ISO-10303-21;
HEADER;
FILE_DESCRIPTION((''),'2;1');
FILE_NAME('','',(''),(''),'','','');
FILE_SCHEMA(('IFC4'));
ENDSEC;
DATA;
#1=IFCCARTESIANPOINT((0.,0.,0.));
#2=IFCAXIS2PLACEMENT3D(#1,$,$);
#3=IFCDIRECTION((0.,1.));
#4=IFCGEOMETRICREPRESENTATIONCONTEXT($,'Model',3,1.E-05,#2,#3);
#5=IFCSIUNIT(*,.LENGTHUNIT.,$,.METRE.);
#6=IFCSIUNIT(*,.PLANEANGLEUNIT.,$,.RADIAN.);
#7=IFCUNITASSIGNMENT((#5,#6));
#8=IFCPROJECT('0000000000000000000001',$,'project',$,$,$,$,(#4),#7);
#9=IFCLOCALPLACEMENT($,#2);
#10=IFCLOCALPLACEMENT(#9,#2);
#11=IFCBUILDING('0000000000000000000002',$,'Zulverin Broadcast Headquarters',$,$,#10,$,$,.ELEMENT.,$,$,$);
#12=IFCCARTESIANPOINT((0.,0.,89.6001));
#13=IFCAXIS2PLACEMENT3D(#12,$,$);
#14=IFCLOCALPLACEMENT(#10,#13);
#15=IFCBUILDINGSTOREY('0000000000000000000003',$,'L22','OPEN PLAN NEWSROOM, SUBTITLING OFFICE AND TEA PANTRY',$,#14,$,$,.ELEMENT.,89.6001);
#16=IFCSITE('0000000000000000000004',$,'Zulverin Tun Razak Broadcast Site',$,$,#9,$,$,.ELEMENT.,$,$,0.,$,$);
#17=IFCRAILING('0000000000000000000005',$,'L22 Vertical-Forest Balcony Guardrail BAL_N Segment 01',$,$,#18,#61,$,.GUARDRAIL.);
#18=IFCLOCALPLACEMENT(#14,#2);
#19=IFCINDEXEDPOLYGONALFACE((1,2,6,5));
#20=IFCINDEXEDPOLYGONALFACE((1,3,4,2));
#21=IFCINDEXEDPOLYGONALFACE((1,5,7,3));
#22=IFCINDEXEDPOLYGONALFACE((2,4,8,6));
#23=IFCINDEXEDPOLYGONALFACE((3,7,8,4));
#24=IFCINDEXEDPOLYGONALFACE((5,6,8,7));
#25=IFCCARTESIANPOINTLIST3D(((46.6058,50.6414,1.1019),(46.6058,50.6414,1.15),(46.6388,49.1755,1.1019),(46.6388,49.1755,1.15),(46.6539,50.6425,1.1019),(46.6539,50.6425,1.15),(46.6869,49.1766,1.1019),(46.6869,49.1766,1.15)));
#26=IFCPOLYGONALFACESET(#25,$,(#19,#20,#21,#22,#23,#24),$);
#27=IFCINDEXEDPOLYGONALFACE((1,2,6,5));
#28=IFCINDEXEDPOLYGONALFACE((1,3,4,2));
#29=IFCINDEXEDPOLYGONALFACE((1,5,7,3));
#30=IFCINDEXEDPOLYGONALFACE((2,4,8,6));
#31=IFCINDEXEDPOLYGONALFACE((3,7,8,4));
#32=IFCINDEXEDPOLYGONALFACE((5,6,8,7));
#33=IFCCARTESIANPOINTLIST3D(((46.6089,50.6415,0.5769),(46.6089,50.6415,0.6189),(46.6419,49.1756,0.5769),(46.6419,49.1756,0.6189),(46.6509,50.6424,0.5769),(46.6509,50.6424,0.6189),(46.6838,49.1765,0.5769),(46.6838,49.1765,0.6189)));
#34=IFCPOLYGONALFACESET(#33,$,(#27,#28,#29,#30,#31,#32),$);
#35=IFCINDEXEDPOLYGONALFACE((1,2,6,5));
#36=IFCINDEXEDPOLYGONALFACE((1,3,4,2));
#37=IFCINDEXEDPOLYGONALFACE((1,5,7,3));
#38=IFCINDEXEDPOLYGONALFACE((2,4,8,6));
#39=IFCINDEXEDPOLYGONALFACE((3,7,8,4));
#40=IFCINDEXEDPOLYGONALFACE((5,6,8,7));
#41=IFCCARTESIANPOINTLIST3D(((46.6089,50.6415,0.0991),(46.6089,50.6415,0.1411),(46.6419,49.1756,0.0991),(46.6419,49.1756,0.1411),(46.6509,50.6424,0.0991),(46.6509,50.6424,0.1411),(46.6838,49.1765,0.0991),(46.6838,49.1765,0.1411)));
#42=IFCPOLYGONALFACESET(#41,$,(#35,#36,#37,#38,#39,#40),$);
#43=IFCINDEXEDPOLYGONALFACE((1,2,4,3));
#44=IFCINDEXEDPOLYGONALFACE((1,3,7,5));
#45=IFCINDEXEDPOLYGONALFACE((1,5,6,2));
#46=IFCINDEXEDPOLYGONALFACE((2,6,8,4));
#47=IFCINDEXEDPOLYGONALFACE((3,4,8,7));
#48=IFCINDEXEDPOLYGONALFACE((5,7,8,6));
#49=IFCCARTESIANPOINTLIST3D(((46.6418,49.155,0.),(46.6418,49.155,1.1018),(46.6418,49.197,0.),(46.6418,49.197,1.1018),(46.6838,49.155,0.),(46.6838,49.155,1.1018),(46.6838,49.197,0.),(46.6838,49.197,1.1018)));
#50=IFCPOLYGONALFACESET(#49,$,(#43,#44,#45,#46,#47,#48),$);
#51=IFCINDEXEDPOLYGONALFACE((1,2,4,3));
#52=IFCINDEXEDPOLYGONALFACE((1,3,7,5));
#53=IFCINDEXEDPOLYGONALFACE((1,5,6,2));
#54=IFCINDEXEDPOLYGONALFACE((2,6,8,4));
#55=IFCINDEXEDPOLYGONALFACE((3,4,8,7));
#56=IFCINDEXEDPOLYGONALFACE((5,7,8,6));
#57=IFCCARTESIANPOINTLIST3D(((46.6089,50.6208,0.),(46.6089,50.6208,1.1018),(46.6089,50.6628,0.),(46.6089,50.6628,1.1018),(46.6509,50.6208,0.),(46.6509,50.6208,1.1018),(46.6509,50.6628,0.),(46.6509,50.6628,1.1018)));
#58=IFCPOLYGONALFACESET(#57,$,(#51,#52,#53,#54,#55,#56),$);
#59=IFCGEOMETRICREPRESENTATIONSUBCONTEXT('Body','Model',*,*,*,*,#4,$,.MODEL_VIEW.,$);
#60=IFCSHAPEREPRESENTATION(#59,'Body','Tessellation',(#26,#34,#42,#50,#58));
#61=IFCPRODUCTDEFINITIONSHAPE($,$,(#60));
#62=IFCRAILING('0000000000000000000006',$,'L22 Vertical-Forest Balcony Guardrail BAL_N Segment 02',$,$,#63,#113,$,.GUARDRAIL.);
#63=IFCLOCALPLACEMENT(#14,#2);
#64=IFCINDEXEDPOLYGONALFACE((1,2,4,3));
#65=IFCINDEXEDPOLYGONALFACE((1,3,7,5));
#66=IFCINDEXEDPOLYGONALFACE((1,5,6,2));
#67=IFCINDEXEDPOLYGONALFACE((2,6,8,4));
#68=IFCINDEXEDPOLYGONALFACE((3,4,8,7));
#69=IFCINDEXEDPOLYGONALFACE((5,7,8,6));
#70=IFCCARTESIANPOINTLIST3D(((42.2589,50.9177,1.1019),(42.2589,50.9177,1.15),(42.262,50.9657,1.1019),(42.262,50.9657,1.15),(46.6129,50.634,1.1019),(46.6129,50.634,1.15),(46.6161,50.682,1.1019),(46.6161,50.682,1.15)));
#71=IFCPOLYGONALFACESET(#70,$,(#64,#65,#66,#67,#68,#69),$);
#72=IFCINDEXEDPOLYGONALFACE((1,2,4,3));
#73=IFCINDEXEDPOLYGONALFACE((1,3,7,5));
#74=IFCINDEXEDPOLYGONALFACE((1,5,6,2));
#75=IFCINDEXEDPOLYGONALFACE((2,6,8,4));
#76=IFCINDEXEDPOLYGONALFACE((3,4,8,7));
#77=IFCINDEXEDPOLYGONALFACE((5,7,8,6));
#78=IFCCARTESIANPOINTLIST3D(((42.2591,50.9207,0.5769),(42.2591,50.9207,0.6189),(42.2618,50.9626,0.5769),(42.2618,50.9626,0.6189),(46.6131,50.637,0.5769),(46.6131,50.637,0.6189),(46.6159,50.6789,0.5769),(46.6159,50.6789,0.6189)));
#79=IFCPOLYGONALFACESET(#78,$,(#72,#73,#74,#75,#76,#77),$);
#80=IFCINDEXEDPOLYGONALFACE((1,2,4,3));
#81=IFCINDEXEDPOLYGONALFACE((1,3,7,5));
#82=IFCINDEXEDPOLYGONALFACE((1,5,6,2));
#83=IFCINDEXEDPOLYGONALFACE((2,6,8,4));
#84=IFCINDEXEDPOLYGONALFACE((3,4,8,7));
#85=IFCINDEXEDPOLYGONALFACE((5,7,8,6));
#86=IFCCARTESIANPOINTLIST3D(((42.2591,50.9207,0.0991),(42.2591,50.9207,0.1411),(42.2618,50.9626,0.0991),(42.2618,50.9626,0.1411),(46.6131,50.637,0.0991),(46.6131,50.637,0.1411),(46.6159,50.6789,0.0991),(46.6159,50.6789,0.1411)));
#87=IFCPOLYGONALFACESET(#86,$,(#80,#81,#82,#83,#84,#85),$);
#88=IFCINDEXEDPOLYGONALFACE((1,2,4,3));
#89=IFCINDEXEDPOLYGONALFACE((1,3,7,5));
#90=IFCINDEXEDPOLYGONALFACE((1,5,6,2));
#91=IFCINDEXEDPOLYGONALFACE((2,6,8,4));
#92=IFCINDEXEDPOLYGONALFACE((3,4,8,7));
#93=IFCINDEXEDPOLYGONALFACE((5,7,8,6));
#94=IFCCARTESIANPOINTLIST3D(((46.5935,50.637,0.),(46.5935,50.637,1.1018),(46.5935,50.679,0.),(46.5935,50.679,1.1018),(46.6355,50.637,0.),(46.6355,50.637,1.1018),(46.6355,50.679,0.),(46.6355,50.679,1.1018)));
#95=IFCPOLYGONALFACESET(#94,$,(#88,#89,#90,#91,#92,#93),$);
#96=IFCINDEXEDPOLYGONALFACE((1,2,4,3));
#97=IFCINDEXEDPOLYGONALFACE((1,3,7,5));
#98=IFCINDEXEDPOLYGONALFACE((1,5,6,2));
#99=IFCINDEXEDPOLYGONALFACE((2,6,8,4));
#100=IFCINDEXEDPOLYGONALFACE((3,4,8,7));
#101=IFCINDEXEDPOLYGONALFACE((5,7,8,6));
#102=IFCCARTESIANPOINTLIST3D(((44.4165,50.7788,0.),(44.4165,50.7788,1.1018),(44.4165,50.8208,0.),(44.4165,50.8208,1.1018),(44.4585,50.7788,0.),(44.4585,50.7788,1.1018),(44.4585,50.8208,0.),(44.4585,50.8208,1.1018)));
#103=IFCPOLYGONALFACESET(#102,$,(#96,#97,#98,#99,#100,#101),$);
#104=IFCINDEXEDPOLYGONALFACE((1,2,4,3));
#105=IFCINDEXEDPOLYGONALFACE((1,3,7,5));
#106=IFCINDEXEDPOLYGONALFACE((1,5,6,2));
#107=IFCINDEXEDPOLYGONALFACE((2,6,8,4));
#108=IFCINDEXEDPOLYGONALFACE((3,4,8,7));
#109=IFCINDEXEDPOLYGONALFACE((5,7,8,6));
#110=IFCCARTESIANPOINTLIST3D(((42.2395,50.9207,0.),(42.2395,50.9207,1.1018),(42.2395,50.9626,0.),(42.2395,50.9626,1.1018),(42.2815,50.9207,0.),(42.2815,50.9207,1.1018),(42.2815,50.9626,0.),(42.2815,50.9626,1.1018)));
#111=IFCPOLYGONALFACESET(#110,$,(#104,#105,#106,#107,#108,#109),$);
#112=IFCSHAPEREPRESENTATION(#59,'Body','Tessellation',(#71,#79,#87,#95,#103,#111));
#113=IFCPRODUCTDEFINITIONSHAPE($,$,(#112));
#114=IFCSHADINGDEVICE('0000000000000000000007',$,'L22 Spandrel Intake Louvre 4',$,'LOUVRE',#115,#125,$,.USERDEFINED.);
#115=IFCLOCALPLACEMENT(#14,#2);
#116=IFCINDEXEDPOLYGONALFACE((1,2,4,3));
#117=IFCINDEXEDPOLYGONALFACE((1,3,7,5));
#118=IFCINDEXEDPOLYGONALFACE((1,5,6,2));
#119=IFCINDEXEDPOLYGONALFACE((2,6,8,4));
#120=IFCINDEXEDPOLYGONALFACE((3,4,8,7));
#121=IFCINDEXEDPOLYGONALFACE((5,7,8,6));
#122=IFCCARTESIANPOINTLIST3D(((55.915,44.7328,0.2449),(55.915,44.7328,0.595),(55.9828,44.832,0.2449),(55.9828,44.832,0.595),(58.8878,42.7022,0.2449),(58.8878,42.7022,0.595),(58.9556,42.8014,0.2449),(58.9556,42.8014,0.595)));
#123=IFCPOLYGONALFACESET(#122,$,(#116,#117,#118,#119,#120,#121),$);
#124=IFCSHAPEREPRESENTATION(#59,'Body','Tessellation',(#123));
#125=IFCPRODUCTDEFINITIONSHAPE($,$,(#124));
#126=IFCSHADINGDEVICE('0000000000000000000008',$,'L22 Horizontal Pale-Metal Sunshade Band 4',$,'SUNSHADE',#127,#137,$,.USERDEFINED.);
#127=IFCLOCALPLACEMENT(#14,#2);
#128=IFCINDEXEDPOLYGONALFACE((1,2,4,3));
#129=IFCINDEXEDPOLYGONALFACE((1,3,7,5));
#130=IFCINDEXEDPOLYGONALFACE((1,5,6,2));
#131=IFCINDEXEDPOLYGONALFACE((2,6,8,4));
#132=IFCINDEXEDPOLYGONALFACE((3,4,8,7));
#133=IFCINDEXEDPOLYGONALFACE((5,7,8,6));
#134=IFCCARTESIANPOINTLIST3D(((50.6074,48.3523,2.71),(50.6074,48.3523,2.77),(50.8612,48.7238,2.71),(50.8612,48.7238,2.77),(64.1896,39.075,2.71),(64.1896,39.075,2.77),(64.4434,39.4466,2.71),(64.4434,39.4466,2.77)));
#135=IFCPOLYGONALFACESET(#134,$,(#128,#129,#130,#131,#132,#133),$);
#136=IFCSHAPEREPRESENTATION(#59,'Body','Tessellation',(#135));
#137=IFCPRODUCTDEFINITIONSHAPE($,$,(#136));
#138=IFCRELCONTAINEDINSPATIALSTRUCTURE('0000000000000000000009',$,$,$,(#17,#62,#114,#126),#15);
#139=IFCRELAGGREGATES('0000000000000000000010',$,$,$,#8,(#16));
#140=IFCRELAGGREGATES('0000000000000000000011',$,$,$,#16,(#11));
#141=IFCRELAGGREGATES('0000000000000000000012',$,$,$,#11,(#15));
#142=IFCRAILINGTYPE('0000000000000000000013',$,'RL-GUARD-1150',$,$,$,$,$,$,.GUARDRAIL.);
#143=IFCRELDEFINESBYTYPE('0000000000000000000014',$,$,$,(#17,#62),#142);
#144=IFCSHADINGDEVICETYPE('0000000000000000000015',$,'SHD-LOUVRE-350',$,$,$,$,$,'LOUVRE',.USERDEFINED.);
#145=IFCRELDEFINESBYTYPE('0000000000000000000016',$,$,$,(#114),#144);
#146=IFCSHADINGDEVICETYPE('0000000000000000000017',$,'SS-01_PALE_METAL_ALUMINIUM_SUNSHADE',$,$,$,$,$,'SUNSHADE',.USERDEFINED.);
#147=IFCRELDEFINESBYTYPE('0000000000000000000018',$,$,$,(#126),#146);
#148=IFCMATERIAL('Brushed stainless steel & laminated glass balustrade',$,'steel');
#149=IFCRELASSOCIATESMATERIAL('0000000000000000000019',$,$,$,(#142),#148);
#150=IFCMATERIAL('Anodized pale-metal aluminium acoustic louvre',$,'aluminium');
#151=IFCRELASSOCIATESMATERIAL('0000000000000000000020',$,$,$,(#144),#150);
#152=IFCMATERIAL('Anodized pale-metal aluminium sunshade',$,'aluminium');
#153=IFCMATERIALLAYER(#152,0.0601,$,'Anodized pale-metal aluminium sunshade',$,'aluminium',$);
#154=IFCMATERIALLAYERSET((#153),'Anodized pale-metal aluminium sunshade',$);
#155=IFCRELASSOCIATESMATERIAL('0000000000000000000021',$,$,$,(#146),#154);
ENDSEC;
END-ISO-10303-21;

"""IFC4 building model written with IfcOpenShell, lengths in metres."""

from ifc_helpers import new_model, si_unit, direction, frame, origin, origin_2d, place, context, subcontext, project, spatial, rectangle, extrude, material, layer, layer_set, type_object, element, save


model = new_model("IFC4")

# Units and contexts
model_context = context("Model", 3, precision=1e-05, world=origin(), true_north=direction((0.0, 1.0)))
body_context = subcontext(model_context, "Body", "Model", "MODEL_VIEW")
ifc_project = project(units=[si_unit("LENGTHUNIT", "METRE"), si_unit("PLANEANGLEUNIT", "RADIAN")], contexts=[model_context])

# Site, building, storey
site_placement = place(None, origin())
site = spatial("IfcSite", under=ifc_project, at=site_placement, Name="Zulverin Tun Razak Broadcast Site", CompositionType="ELEMENT", RefElevation=0.0)
building_placement = place(site_placement, origin())
building = spatial("IfcBuilding", under=site, at=building_placement, Name="Zulverin Broadcast Headquarters", CompositionType="ELEMENT")
storey_placement = place(building_placement, frame((0.0, 0.0, 89.6001)))
storey = spatial("IfcBuildingStorey", under=building, at=storey_placement, Name="L22", Description="OPEN PLAN NEWSROOM, SUBTITLING OFFICE AND TEA PANTRY", CompositionType="ELEMENT", Elevation=89.6001)

# Railings
ifc_material_1 = material(Name="Brushed stainless steel & laminated glass balustrade", Category="steel")
railing_type = type_object("IfcRailingType", Name="RL-GUARD-1150", PredefinedType="GUARDRAIL", material=ifc_material_1)
railing_1_placement = place(storey_placement, frame((46.6628, 49.176, 0.0)))
element("IfcRailing", 1, at=railing_1_placement, inside=storey, type_object=railing_type, Name="L22 Vertical-Forest Balcony Guardrail BAL_N Segment 01", PredefinedType="GUARDRAIL", context=body_context, shape_type="SweptSolid", body=[
    extrude(rectangle(XDim=0.0481, YDim=0.0481, at=origin_2d()), frame((0.0, 0.0, 1.126), z_axis=(-0.022479, 0.999747, 0.0), x_axis=(-0.999747, -0.022479, 0.0)), (0.0, 0.0, 1.0), 1.4663),
    extrude(rectangle(XDim=0.042, YDim=0.042, at=origin_2d()), frame((0.0, 0.0, 0.5979), z_axis=(-0.022479, 0.999747, 0.0), x_axis=(-0.999747, -0.022479, 0.0)), (0.0, 0.0, 1.0), 1.4663),
    extrude(rectangle(XDim=0.042, YDim=0.042, at=origin_2d()), frame((0.0, 0.0, 0.1201), z_axis=(-0.022479, 0.999747, 0.0), x_axis=(-0.999747, -0.022479, 0.0)), (0.0, 0.0, 1.0), 1.4663),
    extrude(rectangle(XDim=0.042, YDim=0.042, at=origin_2d()), origin(), (0.0, 0.0, 1.0), 1.1018),
    extrude(rectangle(XDim=0.042, YDim=0.042, at=origin_2d()), frame((-0.033, 1.4658, 0.0)), (0.0, 0.0, 1.0), 1.1018),
])
railing_2_placement = place(storey_placement, frame((46.6145, 50.658, 0.0)))
element("IfcRailing", 2, at=railing_2_placement, inside=storey, type_object=railing_type, Name="L22 Vertical-Forest Balcony Guardrail BAL_N Segment 02", PredefinedType="GUARDRAIL", context=body_context, shape_type="SweptSolid", body=[
    extrude(rectangle(XDim=0.0481, YDim=0.0481, at=origin_2d()), frame((0.0, 0.0, 1.126), z_axis=(-0.997884, 0.065019, 0.0), x_axis=(-0.065019, -0.997884, 0.0)), (0.0, 0.0, 1.0), 4.3633),
    extrude(rectangle(XDim=0.042, YDim=0.042, at=origin_2d()), frame((0.0, 0.0, 0.5979), z_axis=(-0.997884, 0.065019, 0.0), x_axis=(-0.065019, -0.997884, 0.0)), (0.0, 0.0, 1.0), 4.3633),
    extrude(rectangle(XDim=0.042, YDim=0.042, at=origin_2d()), frame((0.0, 0.0, 0.1201), z_axis=(-0.997884, 0.065019, 0.0), x_axis=(-0.065019, -0.997884, 0.0)), (0.0, 0.0, 1.0), 4.3633),
    extrude(rectangle(XDim=0.042, YDim=0.042, at=origin_2d()), origin(), (0.0, 0.0, 1.0), 1.1018),
    extrude(rectangle(XDim=0.042, YDim=0.042, at=origin_2d()), frame((-2.177, 0.1418, 0.0)), (0.0, 0.0, 1.0), 1.1018),
    extrude(rectangle(XDim=0.042, YDim=0.042, at=origin_2d()), frame((-4.354, 0.2837, 0.0)), (0.0, 0.0, 1.0), 1.1018),
])

# Shading devices
ifc_material_2 = material(Name="Anodized pale-metal aluminium acoustic louvre", Category="aluminium")
shading_device_type_1 = type_object("IfcShadingDeviceType", Name="SHD-LOUVRE-350", ElementType="LOUVRE", PredefinedType="USERDEFINED", material=ifc_material_2)
shading_device_1_placement = place(storey_placement, frame((57.4353, 43.7671, 0.2449), z_axis=(0.0, 0.0, 1.0), x_axis=(-0.825757, 0.564026, 0.0)))
element("IfcShadingDevice", 3, at=shading_device_1_placement, inside=storey, type_object=shading_device_type_1, Name="L22 Spandrel Intake Louvre 4", ObjectType="LOUVRE", PredefinedType="USERDEFINED", context=body_context, shape_type="SweptSolid", body=[
    extrude(rectangle(XDim=3.6001, YDim=0.1201, at=origin_2d()), origin(), (0.0, 0.0, 1.0), 0.3501),
])
ifc_material_3 = material(Name="Anodized pale-metal aluminium sunshade", Category="aluminium")
ifc_layer_1 = layer(ifc_material_3, 0.0601, Name="Anodized pale-metal aluminium sunshade", Category="aluminium")
ifc_layer_set_1 = layer_set([ifc_layer_1], Name="Anodized pale-metal aluminium sunshade")
shading_device_type_2 = type_object("IfcShadingDeviceType", Name="SS-01_PALE_METAL_ALUMINIUM_SUNSHADE", ElementType="SUNSHADE", PredefinedType="USERDEFINED", material=ifc_layer_set_1)
shading_device_2_placement = place(storey_placement, frame((57.5254, 43.8994, 2.71), z_axis=(0.0, 0.0, 1.0), x_axis=(-0.825757, 0.564026, 0.0)))
element("IfcShadingDevice", 4, at=shading_device_2_placement, inside=storey, type_object=shading_device_type_2, Name="L22 Horizontal Pale-Metal Sunshade Band 4", ObjectType="SUNSHADE", PredefinedType="USERDEFINED", context=body_context, shape_type="SweptSolid", body=[
    extrude(rectangle(XDim=16.4482, YDim=0.45, at=origin_2d()), origin(), (0.0, 0.0, 1.0), 0.0601),
])

save(model, "model.ifc")
